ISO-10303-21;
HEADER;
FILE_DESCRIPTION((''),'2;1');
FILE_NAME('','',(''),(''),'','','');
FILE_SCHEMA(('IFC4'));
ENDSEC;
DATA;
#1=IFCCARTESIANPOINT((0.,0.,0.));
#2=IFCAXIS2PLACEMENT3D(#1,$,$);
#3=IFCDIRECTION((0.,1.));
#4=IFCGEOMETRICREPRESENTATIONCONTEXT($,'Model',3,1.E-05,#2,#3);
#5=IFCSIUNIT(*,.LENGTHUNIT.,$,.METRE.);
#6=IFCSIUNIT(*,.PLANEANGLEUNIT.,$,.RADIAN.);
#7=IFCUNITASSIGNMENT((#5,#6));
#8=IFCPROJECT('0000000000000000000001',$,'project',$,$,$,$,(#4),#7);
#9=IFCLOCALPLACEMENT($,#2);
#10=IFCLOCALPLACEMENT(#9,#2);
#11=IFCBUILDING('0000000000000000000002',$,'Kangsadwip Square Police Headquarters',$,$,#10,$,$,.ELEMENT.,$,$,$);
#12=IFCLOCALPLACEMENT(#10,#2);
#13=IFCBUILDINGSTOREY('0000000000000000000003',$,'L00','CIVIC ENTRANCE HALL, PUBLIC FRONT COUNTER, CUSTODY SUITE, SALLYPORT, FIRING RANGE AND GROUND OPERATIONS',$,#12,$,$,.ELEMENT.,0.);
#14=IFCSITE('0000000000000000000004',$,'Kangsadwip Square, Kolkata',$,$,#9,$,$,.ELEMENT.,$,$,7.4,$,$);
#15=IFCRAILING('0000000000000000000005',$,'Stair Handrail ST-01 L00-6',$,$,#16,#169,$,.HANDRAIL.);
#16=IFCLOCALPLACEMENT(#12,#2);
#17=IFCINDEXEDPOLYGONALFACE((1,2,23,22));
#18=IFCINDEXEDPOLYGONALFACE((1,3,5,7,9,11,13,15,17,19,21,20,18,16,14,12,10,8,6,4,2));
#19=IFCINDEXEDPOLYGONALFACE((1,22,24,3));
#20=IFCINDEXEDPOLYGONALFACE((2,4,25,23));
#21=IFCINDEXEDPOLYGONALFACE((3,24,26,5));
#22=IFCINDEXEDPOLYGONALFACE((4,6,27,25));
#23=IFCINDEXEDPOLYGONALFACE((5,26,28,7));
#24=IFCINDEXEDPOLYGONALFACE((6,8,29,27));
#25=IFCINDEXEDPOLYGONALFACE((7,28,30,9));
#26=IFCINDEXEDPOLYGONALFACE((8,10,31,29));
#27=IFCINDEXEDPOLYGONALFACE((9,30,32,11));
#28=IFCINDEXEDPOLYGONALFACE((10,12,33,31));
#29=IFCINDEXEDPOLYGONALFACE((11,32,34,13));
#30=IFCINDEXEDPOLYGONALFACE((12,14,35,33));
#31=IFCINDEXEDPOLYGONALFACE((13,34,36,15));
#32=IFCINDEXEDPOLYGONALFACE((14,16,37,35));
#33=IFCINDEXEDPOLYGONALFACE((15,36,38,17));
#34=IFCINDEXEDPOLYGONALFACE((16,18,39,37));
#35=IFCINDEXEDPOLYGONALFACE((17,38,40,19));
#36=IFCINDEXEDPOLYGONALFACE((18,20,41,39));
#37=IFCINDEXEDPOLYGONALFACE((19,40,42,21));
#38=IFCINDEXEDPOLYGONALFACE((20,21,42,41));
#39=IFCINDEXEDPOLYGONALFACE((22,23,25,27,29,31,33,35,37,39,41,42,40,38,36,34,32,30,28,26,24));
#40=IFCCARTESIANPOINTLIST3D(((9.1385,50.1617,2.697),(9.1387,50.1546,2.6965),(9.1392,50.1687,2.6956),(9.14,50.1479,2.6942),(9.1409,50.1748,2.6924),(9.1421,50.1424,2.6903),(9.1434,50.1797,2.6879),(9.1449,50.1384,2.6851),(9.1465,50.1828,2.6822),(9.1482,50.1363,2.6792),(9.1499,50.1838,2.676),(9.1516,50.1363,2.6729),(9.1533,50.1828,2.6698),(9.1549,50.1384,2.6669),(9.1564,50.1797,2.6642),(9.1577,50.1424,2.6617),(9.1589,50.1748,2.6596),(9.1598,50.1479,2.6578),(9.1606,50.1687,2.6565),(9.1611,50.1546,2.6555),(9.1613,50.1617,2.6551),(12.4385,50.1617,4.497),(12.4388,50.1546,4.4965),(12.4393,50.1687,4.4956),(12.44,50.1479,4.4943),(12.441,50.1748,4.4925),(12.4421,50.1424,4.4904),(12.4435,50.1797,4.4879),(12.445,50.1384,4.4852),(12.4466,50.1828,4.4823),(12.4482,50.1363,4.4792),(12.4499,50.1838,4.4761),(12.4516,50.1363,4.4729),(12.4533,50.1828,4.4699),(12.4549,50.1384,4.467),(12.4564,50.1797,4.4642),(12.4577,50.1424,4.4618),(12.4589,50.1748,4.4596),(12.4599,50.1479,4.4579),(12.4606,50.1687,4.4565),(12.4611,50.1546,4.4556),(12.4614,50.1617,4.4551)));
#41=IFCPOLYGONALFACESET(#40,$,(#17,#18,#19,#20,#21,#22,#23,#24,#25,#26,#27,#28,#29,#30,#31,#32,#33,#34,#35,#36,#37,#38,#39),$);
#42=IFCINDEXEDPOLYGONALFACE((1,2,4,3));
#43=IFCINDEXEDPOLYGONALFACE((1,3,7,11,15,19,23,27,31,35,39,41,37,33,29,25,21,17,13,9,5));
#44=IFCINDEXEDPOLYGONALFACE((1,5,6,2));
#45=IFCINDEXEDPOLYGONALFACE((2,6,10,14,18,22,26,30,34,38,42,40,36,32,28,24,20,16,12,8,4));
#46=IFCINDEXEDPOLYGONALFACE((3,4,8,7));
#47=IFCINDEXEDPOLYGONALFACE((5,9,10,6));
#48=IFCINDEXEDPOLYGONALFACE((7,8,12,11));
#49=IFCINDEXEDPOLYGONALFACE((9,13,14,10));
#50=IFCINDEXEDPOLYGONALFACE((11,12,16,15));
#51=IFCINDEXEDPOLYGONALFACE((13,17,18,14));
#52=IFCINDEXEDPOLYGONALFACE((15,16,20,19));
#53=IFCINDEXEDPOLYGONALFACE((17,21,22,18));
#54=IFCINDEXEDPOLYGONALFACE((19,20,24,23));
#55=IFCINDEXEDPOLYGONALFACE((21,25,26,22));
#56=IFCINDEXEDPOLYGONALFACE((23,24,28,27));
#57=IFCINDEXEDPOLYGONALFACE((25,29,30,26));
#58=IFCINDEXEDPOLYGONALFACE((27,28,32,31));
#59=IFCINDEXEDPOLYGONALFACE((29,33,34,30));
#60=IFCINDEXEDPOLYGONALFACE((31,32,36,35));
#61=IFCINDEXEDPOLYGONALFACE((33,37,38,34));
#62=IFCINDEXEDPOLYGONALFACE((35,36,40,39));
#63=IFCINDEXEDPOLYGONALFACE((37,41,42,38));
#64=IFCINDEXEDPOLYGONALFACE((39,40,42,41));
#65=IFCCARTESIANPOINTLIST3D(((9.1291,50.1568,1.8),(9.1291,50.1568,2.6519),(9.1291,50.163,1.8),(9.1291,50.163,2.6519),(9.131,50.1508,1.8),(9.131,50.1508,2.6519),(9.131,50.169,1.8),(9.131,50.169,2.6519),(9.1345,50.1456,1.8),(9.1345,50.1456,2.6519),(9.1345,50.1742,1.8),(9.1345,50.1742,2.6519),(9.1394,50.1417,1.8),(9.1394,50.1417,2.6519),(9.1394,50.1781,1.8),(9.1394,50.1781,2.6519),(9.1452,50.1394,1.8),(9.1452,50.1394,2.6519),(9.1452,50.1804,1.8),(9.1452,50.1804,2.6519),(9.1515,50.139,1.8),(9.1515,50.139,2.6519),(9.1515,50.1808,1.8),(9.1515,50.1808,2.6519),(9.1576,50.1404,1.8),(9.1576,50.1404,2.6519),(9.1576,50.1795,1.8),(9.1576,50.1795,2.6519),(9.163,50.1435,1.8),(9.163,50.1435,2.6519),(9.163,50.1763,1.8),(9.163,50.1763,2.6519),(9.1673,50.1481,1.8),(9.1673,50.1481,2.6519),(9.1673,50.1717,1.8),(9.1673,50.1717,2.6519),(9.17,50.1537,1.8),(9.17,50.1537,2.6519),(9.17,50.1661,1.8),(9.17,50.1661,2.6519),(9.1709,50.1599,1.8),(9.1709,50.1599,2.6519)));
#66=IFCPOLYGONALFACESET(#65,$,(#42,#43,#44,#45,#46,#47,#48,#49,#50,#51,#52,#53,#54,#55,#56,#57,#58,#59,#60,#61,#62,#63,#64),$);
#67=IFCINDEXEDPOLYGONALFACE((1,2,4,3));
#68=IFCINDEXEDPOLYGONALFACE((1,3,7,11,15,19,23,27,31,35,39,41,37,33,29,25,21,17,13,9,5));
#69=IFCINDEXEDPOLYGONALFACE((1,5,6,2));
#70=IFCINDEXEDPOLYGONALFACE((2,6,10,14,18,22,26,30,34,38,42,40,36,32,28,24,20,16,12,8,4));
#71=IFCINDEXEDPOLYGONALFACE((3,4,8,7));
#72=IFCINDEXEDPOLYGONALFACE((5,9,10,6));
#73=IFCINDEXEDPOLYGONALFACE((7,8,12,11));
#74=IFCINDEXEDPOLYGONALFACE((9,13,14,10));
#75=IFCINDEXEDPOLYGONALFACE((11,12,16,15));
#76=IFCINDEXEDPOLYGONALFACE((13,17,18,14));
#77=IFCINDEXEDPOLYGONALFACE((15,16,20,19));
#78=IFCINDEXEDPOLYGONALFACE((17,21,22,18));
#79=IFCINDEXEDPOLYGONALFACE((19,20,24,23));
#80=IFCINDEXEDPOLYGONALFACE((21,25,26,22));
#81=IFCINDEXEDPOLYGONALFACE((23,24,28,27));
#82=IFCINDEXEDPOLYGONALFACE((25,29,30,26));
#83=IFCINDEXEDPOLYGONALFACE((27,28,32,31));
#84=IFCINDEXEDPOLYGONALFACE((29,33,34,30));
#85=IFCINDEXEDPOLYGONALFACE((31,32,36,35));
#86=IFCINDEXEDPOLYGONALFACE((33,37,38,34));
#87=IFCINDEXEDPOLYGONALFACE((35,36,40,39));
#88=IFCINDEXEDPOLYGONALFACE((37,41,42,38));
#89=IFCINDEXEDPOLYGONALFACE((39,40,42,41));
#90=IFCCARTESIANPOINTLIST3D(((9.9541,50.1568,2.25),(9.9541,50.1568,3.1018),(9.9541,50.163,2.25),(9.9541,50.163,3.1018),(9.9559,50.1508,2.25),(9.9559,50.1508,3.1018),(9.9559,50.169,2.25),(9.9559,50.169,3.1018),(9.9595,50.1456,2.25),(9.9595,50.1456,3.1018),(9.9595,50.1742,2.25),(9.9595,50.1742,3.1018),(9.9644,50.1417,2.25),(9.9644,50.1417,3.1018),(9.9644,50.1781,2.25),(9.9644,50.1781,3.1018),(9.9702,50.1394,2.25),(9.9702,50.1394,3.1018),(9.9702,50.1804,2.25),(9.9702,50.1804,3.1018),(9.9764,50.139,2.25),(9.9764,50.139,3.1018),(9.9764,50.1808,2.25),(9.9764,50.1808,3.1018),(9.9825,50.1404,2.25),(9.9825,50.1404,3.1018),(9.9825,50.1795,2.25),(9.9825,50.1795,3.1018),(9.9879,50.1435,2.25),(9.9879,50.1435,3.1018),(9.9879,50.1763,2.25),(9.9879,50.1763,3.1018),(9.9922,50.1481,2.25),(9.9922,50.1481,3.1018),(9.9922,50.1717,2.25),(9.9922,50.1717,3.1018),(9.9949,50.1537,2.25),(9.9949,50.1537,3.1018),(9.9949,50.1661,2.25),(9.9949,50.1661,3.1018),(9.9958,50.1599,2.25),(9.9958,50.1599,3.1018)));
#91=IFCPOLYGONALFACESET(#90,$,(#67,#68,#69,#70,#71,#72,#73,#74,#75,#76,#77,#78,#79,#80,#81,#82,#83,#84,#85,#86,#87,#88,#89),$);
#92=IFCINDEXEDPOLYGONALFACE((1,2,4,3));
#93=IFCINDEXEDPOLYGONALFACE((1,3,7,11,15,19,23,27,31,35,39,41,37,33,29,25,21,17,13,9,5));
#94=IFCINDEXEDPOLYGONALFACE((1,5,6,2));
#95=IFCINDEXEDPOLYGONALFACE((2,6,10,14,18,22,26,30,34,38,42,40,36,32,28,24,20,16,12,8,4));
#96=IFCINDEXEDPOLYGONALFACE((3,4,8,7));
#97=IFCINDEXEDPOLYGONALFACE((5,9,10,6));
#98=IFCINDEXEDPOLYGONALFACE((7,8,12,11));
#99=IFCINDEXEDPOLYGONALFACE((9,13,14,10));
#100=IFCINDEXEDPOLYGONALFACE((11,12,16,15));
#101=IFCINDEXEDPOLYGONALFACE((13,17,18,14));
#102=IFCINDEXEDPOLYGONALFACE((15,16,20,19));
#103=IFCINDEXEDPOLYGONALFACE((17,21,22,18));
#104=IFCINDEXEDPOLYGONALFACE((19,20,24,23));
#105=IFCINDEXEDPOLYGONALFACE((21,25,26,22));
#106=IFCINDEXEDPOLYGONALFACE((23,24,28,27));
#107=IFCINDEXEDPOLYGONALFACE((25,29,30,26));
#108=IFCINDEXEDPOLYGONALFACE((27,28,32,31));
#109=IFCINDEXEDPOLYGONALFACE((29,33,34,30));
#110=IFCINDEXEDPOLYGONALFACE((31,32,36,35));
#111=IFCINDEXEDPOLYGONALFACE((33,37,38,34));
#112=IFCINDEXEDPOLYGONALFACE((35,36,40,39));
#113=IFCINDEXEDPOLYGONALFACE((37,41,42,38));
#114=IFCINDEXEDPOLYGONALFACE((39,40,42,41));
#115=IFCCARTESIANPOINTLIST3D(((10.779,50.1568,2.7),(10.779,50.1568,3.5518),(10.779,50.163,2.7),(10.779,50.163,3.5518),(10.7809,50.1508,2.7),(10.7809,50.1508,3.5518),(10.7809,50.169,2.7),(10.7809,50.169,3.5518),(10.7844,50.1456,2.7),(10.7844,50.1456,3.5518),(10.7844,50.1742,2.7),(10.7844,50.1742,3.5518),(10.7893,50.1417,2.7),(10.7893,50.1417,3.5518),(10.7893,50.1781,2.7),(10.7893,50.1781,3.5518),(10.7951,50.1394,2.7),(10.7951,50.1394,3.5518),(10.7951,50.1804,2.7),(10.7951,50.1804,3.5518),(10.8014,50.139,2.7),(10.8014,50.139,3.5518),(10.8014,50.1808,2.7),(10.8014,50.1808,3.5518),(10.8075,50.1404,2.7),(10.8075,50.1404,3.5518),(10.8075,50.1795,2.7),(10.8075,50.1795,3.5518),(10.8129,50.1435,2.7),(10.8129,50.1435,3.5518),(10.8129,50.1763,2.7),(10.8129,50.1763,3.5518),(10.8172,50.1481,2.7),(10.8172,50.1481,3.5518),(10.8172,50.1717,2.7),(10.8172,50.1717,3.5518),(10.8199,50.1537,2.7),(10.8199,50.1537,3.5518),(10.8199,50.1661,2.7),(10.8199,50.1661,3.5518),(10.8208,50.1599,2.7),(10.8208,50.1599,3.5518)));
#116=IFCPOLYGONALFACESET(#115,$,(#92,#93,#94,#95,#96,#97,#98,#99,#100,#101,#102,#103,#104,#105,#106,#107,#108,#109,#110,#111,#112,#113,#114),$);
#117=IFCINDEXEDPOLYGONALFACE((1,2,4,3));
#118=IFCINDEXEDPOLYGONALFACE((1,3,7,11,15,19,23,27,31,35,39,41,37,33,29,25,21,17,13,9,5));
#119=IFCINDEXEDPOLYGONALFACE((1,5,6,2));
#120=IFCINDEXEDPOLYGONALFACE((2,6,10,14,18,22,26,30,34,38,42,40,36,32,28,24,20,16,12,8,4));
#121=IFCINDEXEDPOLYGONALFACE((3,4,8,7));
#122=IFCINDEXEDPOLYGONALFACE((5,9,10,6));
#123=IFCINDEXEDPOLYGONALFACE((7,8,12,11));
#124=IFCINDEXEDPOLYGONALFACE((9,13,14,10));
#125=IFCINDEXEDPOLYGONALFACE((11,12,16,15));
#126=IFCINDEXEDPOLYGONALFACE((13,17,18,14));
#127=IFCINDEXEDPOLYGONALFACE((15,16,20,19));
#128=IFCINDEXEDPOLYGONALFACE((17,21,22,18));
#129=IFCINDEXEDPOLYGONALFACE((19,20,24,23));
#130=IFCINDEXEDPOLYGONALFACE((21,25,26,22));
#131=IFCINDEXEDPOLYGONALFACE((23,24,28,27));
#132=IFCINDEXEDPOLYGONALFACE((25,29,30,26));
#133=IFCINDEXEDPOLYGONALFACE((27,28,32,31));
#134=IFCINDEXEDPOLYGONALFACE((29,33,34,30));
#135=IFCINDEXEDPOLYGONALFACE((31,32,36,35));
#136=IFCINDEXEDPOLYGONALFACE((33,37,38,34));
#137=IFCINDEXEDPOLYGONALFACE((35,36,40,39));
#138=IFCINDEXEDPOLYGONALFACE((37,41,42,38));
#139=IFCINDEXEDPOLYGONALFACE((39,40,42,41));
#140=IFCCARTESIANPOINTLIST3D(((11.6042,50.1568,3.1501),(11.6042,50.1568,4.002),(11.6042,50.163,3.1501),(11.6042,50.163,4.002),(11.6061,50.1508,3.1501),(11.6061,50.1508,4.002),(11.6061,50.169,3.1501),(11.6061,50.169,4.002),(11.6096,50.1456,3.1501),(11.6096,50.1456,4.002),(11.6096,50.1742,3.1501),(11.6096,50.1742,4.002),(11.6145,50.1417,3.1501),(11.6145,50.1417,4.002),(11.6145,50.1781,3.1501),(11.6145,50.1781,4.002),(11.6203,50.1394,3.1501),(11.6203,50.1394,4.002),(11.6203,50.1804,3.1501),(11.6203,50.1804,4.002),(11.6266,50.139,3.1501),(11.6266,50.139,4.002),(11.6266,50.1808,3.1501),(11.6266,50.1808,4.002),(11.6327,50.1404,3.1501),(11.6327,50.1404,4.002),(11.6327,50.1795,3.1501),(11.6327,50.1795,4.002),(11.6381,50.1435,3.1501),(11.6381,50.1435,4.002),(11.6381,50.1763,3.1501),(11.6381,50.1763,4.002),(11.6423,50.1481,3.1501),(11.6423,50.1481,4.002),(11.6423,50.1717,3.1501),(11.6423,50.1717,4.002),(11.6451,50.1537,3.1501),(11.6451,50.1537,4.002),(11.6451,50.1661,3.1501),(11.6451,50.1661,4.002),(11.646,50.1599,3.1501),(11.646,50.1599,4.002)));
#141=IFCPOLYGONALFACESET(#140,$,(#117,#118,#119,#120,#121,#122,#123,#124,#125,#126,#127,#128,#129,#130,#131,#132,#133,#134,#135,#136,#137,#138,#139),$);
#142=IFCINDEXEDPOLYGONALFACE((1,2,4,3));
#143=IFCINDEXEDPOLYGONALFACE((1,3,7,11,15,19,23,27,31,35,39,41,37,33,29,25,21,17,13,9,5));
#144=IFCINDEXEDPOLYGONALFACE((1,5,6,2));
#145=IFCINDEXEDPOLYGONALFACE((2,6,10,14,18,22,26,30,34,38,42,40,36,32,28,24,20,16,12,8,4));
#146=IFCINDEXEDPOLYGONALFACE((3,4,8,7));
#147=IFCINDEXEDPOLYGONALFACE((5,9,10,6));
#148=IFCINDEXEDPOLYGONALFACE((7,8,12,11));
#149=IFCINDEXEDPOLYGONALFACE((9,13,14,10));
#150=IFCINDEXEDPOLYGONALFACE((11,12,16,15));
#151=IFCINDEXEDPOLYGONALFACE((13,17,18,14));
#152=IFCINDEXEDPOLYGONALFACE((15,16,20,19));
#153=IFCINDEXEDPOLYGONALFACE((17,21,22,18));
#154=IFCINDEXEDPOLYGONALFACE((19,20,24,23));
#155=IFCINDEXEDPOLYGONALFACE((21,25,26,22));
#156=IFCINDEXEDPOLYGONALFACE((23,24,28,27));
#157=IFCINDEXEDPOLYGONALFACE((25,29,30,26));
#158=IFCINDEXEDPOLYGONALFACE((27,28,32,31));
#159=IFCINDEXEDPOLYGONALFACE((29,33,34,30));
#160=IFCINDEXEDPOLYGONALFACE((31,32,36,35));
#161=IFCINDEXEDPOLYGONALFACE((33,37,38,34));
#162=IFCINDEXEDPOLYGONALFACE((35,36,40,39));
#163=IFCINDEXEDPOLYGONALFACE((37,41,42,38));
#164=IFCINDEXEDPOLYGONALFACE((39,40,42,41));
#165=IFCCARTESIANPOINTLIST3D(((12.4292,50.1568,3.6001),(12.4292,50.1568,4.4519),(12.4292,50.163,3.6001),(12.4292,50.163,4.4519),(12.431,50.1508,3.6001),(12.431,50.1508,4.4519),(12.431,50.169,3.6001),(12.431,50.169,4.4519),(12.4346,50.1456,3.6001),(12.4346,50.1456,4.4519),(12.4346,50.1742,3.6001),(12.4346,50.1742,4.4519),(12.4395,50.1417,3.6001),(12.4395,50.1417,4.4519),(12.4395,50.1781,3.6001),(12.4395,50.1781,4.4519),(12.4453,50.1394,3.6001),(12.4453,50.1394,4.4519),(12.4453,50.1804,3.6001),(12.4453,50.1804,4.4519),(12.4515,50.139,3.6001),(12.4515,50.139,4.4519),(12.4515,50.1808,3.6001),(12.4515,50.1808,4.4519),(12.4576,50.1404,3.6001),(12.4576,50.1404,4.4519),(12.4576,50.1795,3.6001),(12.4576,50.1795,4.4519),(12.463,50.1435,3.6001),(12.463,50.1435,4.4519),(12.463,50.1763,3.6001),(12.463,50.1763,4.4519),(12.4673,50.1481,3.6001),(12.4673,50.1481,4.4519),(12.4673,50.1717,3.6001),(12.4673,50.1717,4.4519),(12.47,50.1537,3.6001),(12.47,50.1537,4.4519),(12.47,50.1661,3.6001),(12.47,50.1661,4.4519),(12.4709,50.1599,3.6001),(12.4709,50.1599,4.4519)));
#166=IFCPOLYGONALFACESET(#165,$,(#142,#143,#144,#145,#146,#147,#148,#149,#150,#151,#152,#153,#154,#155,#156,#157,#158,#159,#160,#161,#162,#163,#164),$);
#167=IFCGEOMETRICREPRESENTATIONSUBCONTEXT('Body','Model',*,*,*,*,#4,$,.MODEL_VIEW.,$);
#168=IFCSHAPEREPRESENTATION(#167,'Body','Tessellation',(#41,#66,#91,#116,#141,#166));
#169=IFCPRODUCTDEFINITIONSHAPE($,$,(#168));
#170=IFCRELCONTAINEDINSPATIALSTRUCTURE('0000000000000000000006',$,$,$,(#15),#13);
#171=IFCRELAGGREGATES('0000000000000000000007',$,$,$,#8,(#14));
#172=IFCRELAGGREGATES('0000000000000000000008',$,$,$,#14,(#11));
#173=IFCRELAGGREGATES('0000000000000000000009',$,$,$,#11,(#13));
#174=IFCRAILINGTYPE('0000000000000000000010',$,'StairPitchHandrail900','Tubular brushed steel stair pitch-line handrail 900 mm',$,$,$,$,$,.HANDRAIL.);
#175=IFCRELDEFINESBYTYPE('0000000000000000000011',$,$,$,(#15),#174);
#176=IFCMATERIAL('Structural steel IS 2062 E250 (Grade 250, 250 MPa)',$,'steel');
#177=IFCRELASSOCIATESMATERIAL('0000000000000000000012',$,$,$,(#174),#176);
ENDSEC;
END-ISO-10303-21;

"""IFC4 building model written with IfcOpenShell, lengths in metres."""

from ifc_helpers import new_model, si_unit, direction, frame, origin, origin_2d, place, context, subcontext, project, spatial, circle, extrude, material, type_object, element, save


model = new_model("IFC4")

# Units and contexts
model_context = context("Model", 3, precision=1e-05, world=origin(), true_north=direction((0.0, 1.0)))
body_context = subcontext(model_context, "Body", "Model", "MODEL_VIEW")
ifc_project = project(units=[si_unit("LENGTHUNIT", "METRE"), si_unit("PLANEANGLEUNIT", "RADIAN")], contexts=[model_context])

# Site, building, storey
site_placement = place(None, origin())
site = spatial("IfcSite", under=ifc_project, at=site_placement, Name="Kangsadwip Square, Kolkata", CompositionType="ELEMENT", RefElevation=7.4)
building_placement = place(site_placement, origin())
building = spatial("IfcBuilding", under=site, at=building_placement, Name="Kangsadwip Square Police Headquarters", CompositionType="ELEMENT")
storey_placement = place(building_placement, origin())
storey = spatial("IfcBuildingStorey", under=building, at=storey_placement, Name="L00", Description="CIVIC ENTRANCE HALL, PUBLIC FRONT COUNTER, CUSTODY SUITE, SALLYPORT, FIRING RANGE AND GROUND OPERATIONS", CompositionType="ELEMENT", Elevation=0.0)

# Railing
ifc_material_1 = material(Name="Structural steel IS 2062 E250 (Grade 250, 250 MPa)", Category="steel")
railing_type_1 = type_object("IfcRailingType", Name="StairPitchHandrail900", Description="Tubular brushed steel stair pitch-line handrail 900 mm", PredefinedType="HANDRAIL", material=ifc_material_1)
railing_1_placement = place(storey_placement, frame((9.1499, 50.1599, 1.8)))
element("IfcRailing", 1, at=railing_1_placement, inside=storey, type_object=railing_type_1, Name="Stair Handrail ST-01 L00-6", PredefinedType="HANDRAIL", context=body_context, shape_type="SweptSolid", body=[
    extrude(circle(Radius=0.0239, at=origin_2d()), frame((0.0, 0.0, 0.876), z_axis=(0.877893, 0.0, 0.478857), x_axis=(0.0, 1.0, 0.0)), (0.0, 0.0, 1.0), 3.759),
    extrude(circle(Radius=0.021, at=origin_2d()), origin(), (0.0, 0.0, 1.0), 0.8518),
    extrude(circle(Radius=0.021, at=origin_2d()), frame((0.825, 0.0, 0.45)), (0.0, 0.0, 1.0), 0.8518),
    extrude(circle(Radius=0.021, at=origin_2d()), frame((1.6499, 0.0, 0.8999)), (0.0, 0.0, 1.0), 0.8518),
    extrude(circle(Radius=0.021, at=origin_2d()), frame((2.4751, 0.0, 1.3501)), (0.0, 0.0, 1.0), 0.8518),
    extrude(circle(Radius=0.021, at=origin_2d()), frame((3.3, 0.0, 1.8)), (0.0, 0.0, 1.0), 0.8518),
])

save(model, "model.ifc")
